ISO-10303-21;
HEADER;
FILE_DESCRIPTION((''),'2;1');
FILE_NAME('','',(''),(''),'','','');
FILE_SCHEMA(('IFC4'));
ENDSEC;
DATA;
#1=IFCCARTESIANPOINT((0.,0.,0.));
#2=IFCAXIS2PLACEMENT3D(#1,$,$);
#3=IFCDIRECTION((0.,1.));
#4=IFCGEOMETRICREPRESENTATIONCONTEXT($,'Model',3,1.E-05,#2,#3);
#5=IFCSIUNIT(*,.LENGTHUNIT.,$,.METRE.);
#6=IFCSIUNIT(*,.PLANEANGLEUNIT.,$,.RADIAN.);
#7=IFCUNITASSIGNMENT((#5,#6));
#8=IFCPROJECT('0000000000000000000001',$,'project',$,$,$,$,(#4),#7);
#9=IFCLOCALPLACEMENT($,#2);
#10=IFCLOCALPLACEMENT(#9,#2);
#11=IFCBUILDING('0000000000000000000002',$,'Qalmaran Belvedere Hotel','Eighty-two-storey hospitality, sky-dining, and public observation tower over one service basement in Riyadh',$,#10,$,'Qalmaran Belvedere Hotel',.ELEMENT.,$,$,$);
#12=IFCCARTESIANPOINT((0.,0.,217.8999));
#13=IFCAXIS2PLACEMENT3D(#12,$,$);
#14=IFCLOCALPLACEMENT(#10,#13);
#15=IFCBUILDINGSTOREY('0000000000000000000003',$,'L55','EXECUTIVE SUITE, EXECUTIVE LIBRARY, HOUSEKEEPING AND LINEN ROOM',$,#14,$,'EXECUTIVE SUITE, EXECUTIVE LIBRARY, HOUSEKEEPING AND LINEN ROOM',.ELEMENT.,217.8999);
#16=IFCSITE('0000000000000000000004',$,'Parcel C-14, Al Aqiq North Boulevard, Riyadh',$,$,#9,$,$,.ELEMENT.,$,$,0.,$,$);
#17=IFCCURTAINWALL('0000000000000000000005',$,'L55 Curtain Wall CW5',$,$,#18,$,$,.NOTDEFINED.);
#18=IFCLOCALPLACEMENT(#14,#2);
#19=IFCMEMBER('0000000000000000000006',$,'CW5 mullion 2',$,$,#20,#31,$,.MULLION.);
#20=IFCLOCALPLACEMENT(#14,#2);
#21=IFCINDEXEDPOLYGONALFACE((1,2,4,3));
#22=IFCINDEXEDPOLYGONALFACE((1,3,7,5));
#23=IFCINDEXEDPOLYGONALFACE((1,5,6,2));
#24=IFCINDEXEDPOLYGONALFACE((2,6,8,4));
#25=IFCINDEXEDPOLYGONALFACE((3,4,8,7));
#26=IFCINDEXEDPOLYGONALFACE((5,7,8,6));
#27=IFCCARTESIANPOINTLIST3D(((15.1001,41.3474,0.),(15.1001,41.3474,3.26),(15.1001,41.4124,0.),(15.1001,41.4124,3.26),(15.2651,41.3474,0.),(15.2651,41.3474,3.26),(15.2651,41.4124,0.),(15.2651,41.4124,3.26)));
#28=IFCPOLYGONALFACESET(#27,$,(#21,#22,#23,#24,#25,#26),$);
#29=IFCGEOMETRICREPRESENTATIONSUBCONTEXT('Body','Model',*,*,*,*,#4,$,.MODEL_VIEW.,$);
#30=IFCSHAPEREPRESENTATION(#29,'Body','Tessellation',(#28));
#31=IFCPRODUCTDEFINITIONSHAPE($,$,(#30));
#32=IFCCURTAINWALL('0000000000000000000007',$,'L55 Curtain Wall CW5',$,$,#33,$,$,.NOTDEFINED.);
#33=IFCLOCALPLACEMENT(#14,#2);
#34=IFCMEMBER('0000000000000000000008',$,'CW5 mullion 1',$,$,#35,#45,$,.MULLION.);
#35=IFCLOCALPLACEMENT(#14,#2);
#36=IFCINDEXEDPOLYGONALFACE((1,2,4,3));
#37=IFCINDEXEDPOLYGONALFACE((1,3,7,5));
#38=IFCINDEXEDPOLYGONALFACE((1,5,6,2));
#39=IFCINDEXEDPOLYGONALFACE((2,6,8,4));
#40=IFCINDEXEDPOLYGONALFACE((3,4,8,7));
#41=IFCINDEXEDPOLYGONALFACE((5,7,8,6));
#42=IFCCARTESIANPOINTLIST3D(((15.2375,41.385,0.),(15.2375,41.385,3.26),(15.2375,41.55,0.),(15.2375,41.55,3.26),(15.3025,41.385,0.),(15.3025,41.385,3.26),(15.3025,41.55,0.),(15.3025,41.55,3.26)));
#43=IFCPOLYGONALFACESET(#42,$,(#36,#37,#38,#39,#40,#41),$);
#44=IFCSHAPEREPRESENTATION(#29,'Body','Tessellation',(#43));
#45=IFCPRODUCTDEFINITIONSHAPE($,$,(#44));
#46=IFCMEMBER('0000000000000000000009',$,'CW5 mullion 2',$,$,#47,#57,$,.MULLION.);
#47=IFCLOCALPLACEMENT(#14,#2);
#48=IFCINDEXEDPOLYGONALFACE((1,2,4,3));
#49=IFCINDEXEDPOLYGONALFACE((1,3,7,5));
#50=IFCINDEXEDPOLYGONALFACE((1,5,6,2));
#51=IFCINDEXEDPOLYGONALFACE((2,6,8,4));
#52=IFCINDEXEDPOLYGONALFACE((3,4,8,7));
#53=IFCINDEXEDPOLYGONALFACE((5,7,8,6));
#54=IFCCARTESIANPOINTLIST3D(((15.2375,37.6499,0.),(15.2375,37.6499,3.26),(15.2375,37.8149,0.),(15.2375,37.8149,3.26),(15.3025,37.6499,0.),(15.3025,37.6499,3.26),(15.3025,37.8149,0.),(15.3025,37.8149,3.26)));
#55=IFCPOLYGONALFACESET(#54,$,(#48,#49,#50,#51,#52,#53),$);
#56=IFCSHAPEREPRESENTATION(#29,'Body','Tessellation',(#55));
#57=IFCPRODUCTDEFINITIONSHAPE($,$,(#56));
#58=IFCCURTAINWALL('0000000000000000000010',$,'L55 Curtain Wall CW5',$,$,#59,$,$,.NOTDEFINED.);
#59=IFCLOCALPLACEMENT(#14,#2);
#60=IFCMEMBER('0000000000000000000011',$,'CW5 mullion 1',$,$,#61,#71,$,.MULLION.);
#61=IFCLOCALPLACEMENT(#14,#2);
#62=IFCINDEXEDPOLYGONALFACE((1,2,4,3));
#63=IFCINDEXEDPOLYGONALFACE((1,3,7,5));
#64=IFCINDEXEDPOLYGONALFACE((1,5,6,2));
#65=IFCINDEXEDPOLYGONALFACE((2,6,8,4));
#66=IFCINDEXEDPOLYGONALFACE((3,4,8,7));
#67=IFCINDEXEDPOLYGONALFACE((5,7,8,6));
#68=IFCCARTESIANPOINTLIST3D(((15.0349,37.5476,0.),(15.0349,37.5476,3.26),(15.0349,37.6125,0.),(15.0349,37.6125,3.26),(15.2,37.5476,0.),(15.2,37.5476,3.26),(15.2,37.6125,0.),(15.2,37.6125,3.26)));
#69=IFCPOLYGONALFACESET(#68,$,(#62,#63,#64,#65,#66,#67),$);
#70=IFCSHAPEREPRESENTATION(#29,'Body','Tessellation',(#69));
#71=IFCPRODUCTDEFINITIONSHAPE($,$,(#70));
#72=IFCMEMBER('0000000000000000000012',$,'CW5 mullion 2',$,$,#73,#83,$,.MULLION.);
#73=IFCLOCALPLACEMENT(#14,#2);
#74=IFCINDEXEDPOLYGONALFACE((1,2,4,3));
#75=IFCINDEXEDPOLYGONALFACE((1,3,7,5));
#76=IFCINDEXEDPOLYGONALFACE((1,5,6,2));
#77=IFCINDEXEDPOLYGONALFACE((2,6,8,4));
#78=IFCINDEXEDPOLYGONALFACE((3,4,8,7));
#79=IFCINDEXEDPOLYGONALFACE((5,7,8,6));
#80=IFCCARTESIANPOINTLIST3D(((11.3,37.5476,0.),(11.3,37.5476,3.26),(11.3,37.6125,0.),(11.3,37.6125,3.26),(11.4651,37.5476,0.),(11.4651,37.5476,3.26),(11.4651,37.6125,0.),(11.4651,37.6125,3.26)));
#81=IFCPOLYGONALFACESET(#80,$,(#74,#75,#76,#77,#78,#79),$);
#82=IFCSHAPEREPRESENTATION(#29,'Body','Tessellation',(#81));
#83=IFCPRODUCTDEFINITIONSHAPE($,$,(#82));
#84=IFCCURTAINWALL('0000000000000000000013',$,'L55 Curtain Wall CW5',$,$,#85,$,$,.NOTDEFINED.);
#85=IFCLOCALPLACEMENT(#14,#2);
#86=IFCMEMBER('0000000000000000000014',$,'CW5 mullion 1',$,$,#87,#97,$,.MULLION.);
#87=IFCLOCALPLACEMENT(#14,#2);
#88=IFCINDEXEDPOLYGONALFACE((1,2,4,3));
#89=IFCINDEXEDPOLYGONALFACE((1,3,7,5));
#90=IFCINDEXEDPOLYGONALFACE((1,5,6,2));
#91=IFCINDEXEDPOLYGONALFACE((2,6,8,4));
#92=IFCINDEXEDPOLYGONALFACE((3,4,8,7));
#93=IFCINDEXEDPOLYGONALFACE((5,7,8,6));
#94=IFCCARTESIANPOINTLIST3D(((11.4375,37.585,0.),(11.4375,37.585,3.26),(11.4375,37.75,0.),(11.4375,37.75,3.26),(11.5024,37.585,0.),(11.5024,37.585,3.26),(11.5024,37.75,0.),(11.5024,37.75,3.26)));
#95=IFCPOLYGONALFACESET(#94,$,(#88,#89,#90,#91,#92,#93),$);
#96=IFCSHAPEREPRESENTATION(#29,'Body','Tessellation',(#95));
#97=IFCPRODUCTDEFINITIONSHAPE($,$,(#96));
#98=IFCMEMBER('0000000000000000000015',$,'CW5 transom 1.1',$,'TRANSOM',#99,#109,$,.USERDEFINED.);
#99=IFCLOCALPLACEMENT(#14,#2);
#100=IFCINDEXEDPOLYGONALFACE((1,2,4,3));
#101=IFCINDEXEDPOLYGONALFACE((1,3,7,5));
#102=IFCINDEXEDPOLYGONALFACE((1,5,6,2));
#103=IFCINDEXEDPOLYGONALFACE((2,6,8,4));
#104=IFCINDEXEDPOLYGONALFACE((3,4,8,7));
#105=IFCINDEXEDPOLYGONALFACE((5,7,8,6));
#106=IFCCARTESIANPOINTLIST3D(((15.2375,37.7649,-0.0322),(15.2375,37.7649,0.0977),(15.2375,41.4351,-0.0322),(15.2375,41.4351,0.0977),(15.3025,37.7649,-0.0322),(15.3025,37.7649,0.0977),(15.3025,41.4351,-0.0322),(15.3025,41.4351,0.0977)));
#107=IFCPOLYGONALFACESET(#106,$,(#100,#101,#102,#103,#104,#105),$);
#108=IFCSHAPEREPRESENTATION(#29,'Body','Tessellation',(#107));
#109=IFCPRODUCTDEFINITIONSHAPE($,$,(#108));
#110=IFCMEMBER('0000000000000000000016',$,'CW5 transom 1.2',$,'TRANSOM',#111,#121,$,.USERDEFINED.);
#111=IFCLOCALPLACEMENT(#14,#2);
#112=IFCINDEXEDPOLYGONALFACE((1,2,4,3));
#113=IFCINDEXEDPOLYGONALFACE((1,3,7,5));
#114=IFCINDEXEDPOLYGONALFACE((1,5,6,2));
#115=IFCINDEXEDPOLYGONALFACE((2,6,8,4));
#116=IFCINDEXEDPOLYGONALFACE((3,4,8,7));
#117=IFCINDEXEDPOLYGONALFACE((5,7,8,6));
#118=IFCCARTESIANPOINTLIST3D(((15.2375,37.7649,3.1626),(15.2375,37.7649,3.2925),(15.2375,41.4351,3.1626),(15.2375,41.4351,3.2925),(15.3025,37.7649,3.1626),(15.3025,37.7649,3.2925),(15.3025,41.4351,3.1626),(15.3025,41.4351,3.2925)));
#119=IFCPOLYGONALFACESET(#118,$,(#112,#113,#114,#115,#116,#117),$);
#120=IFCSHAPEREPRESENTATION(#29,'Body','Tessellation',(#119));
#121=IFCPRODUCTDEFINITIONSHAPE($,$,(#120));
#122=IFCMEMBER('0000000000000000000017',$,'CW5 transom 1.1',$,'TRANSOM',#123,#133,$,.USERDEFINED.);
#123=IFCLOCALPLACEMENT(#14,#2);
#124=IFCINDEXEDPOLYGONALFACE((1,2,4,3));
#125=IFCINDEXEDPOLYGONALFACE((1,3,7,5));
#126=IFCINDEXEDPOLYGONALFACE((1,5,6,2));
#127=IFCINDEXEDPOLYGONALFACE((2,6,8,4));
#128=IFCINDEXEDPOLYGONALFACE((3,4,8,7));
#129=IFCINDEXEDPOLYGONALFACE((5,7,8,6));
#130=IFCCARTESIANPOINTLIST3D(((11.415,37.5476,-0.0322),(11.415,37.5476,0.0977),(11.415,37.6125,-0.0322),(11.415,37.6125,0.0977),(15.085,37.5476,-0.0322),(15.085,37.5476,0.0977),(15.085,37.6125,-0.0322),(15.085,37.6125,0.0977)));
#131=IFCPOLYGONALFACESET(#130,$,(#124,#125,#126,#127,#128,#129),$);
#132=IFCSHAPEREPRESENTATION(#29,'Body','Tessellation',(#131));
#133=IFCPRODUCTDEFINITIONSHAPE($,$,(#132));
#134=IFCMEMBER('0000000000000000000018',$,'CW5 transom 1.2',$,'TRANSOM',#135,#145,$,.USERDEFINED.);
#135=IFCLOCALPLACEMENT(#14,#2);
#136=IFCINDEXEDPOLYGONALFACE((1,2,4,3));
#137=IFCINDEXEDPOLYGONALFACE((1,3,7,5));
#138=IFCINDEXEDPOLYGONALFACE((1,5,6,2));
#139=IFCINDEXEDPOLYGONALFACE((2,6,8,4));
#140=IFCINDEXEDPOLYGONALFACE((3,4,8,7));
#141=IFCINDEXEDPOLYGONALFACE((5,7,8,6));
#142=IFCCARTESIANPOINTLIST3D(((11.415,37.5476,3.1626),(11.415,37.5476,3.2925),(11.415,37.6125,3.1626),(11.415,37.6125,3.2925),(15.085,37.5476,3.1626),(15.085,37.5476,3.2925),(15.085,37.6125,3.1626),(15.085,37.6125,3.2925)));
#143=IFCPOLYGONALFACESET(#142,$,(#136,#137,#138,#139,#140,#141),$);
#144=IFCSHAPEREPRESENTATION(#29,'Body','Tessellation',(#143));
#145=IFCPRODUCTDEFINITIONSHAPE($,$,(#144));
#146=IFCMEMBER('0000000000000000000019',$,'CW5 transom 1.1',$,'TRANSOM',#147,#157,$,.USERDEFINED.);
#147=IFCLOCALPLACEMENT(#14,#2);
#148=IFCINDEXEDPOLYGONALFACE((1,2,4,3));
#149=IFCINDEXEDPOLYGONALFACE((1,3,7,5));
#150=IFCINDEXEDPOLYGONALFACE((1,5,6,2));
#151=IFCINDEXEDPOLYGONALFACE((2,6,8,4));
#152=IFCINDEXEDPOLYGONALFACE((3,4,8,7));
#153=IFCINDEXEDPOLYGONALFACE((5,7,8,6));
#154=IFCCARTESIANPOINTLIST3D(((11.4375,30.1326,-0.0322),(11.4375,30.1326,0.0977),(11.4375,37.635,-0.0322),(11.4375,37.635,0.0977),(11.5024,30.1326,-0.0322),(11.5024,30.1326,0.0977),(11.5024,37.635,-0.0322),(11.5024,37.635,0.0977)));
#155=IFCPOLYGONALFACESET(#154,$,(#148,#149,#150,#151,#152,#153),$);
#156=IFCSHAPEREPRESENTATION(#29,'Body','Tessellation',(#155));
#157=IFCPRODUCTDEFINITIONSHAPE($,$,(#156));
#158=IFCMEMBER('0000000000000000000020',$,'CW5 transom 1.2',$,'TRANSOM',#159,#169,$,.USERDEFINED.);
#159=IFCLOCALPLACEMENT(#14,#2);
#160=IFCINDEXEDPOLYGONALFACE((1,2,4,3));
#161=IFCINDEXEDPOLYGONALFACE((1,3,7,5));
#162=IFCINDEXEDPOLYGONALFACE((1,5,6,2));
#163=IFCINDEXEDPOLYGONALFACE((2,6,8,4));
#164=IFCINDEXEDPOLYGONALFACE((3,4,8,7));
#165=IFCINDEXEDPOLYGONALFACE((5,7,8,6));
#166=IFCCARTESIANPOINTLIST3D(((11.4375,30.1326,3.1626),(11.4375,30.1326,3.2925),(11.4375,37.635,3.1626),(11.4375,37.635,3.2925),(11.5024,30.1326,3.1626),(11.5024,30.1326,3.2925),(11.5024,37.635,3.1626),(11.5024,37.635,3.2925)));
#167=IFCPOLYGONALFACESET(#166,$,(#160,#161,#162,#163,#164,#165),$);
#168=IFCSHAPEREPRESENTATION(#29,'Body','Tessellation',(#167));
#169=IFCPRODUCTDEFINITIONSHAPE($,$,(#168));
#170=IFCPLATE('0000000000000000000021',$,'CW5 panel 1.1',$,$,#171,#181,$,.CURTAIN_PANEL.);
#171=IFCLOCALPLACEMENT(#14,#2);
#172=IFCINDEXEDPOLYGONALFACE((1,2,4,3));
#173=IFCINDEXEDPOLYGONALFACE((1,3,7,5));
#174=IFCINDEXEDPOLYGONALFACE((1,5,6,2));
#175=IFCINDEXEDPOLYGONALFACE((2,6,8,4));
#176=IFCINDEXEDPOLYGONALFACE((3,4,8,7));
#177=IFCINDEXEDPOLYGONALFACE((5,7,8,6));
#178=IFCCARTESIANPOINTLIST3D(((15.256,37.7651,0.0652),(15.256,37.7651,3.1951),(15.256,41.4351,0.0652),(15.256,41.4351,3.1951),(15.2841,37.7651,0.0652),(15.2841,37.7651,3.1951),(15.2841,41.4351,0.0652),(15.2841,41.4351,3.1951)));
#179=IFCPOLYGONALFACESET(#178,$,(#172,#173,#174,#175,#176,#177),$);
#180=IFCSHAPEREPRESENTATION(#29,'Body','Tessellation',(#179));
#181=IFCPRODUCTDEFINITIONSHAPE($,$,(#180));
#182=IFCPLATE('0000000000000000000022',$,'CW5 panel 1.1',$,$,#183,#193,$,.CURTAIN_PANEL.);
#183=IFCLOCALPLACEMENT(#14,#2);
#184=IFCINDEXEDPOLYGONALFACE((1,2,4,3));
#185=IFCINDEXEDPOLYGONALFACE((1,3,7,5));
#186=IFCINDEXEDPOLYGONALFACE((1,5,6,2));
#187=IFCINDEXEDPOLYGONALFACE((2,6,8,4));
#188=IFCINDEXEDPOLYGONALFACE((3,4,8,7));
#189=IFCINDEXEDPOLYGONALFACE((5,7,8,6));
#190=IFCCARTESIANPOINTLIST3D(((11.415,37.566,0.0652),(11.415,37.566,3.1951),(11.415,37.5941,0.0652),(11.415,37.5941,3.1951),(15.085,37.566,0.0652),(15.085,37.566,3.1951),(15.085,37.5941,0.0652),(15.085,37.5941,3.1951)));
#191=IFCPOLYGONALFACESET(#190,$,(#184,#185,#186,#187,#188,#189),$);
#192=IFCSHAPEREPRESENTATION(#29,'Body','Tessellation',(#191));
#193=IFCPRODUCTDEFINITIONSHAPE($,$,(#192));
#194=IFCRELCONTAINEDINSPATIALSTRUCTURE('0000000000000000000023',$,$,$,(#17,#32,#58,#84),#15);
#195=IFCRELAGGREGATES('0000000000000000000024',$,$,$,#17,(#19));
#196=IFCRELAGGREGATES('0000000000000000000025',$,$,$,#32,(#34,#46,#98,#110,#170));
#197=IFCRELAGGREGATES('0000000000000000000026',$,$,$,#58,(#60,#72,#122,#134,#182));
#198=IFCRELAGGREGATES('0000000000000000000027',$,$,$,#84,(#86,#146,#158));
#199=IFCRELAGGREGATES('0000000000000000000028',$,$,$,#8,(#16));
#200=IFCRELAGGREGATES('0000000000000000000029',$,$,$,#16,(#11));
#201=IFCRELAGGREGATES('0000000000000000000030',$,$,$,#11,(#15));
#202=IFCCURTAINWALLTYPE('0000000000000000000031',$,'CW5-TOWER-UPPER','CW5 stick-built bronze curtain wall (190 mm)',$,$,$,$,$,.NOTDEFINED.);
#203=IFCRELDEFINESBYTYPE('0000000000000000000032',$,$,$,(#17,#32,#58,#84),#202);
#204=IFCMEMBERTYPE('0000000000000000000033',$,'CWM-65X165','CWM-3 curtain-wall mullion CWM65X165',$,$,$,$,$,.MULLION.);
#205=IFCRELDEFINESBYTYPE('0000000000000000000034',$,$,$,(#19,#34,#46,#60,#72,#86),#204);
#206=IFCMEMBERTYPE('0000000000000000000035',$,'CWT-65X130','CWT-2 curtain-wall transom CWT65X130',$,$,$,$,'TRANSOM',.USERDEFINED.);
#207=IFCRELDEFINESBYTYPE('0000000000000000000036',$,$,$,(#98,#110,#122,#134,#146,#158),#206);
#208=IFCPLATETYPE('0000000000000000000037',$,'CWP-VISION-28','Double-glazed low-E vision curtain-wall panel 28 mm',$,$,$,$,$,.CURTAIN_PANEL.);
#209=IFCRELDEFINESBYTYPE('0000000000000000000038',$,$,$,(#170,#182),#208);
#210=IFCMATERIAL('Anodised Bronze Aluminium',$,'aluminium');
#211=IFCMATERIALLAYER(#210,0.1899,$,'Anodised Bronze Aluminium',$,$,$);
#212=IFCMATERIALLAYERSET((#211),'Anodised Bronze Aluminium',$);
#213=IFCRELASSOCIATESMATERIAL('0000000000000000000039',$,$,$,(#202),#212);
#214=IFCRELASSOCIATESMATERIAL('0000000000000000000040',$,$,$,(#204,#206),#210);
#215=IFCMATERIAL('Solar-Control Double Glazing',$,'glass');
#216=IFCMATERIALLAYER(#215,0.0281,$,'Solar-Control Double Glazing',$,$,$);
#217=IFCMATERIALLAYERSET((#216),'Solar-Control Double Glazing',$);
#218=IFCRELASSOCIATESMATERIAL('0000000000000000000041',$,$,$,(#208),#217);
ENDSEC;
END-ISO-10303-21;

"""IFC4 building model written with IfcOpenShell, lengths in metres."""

from ifc_helpers import new_model, si_unit, direction, frame, origin, origin_2d, place, context, subcontext, project, spatial, rectangle, extrude, material, layer, layer_set, material_profile, profile_set, type_object, element, aggregate, save


model = new_model("IFC4")

# Units and contexts
model_context = context("Model", 3, precision=1e-05, world=origin(), true_north=direction((0.0, 1.0)))
body_context = subcontext(model_context, "Body", "Model", "MODEL_VIEW")
ifc_project = project(units=[si_unit("LENGTHUNIT", "METRE"), si_unit("PLANEANGLEUNIT", "RADIAN")], contexts=[model_context])

# Site, building, storey
site_placement = place(None, origin())
site = spatial("IfcSite", under=ifc_project, at=site_placement, Name="Parcel C-14, Al Aqiq North Boulevard, Riyadh", CompositionType="ELEMENT", RefElevation=0.0)
building_placement = place(site_placement, origin())
building = spatial("IfcBuilding", under=site, at=building_placement, Name="Qalmaran Belvedere Hotel", Description="Eighty-two-storey hospitality, sky-dining, and public observation tower over one service basement in Riyadh", LongName="Qalmaran Belvedere Hotel", CompositionType="ELEMENT")
storey_placement = place(building_placement, frame((0.0, 0.0, 217.8999)))
storey = spatial("IfcBuildingStorey", under=building, at=storey_placement, Name="L55", Description="EXECUTIVE SUITE, EXECUTIVE LIBRARY, HOUSEKEEPING AND LINEN ROOM", LongName="EXECUTIVE SUITE, EXECUTIVE LIBRARY, HOUSEKEEPING AND LINEN ROOM", CompositionType="ELEMENT", Elevation=217.8999)

# Curtain wall, member
ifc_material_1 = material(Name="Anodised Bronze Aluminium", Category="aluminium")
ifc_layer_1 = layer(ifc_material_1, 0.1899, Name="Anodised Bronze Aluminium")
ifc_layer_set_1 = layer_set([ifc_layer_1], Name="Anodised Bronze Aluminium")
curtain_wall_type = type_object("IfcCurtainWallType", Name="CW5-TOWER-UPPER", Description="CW5 stick-built bronze curtain wall (190 mm)", PredefinedType="NOTDEFINED", material=ifc_layer_set_1)
curtain_wall_1_placement = place(storey_placement, origin())
curtain_wall_1 = element("IfcCurtainWall", 1, at=curtain_wall_1_placement, inside=storey, type_object=curtain_wall_type, Name="L55 Curtain Wall CW5", PredefinedType="NOTDEFINED")
ifc_material_profile_1 = material_profile(ifc_material_1, rectangle(XDim=0.0649, YDim=0.165, at=origin_2d()), Name="CWM65X165")
ifc_profile_set_1 = profile_set([ifc_material_profile_1], Name="Anodised Bronze Aluminium")
member_type_1 = type_object("IfcMemberType", Name="CWM-65X165", Description="CWM-3 curtain-wall mullion CWM65X165", PredefinedType="MULLION", material=ifc_profile_set_1)
member_1_placement = place(storey_placement, frame((15.1826, 41.3799, 0.0), z_axis=(0.0, 0.0, 1.0), x_axis=(0.0, -1.0, 0.0)))
member_1 = element("IfcMember", 2, at=member_1_placement, type_object=member_type_1, Name="CW5 mullion 2", PredefinedType="MULLION", context=body_context, shape_type="SweptSolid", body=[
    extrude(rectangle(XDim=0.0649, YDim=0.165, at=origin_2d()), origin(), (0.0, 0.0, 1.0), 3.26),
])
aggregate(curtain_wall_1, [member_1])

# Curtain walls, members
curtain_wall_2_placement = place(storey_placement, origin())
curtain_wall_2 = element("IfcCurtainWall", 3, at=curtain_wall_2_placement, inside=storey, type_object=curtain_wall_type, Name="L55 Curtain Wall CW5", PredefinedType="NOTDEFINED")
member_2_placement = place(storey_placement, frame((15.27, 41.4675, 0.0), z_axis=(0.0, 0.0, 1.0), x_axis=(1.0, 0.0, 0.0)))
member_2 = element("IfcMember", 4, at=member_2_placement, type_object=member_type_1, Name="CW5 mullion 1", PredefinedType="MULLION", context=body_context, shape_type="SweptSolid", body=[
    extrude(rectangle(XDim=0.0649, YDim=0.165, at=origin_2d()), origin(), (0.0, 0.0, 1.0), 3.26),
])
member_3_placement = place(storey_placement, frame((15.27, 37.7324, 0.0), z_axis=(0.0, 0.0, 1.0), x_axis=(1.0, 0.0, 0.0)))
member_3 = element("IfcMember", 5, at=member_3_placement, type_object=member_type_1, Name="CW5 mullion 2", PredefinedType="MULLION", context=body_context, shape_type="SweptSolid", body=[
    extrude(rectangle(XDim=0.0649, YDim=0.165, at=origin_2d()), origin(), (0.0, 0.0, 1.0), 3.26),
])
curtain_wall_3_placement = place(storey_placement, origin())
curtain_wall_3 = element("IfcCurtainWall", 6, at=curtain_wall_3_placement, inside=storey, type_object=curtain_wall_type, Name="L55 Curtain Wall CW5", PredefinedType="NOTDEFINED")
member_4_placement = place(storey_placement, frame((15.1174, 37.5801, 0.0), z_axis=(0.0, 0.0, 1.0), x_axis=(0.0, -1.0, 0.0)))
member_4 = element("IfcMember", 7, at=member_4_placement, type_object=member_type_1, Name="CW5 mullion 1", PredefinedType="MULLION", context=body_context, shape_type="SweptSolid", body=[
    extrude(rectangle(XDim=0.0649, YDim=0.165, at=origin_2d()), origin(), (0.0, 0.0, 1.0), 3.26),
])
member_5_placement = place(storey_placement, frame((11.3826, 37.5801, 0.0), z_axis=(0.0, 0.0, 1.0), x_axis=(0.0, -1.0, 0.0)))
member_5 = element("IfcMember", 8, at=member_5_placement, type_object=member_type_1, Name="CW5 mullion 2", PredefinedType="MULLION", context=body_context, shape_type="SweptSolid", body=[
    extrude(rectangle(XDim=0.0649, YDim=0.165, at=origin_2d()), origin(), (0.0, 0.0, 1.0), 3.26),
])

# Curtain wall, member
curtain_wall_4_placement = place(storey_placement, origin())
curtain_wall_4 = element("IfcCurtainWall", 9, at=curtain_wall_4_placement, inside=storey, type_object=curtain_wall_type, Name="L55 Curtain Wall CW5", PredefinedType="NOTDEFINED")
member_6_placement = place(storey_placement, frame((11.47, 37.6675, 0.0), z_axis=(0.0, 0.0, 1.0), x_axis=(1.0, 0.0, 0.0)))
member_6 = element("IfcMember", 10, at=member_6_placement, type_object=member_type_1, Name="CW5 mullion 1", PredefinedType="MULLION", context=body_context, shape_type="SweptSolid", body=[
    extrude(rectangle(XDim=0.0649, YDim=0.165, at=origin_2d()), origin(), (0.0, 0.0, 1.0), 3.26),
])

# Members
ifc_material_profile_2 = material_profile(ifc_material_1, rectangle(XDim=0.0649, YDim=0.1299, at=origin_2d()), Name="CWT65X130")
ifc_profile_set_2 = profile_set([ifc_material_profile_2], Name="Anodised Bronze Aluminium")
member_type_2 = type_object("IfcMemberType", Name="CWT-65X130", Description="CWT-2 curtain-wall transom CWT65X130", ElementType="TRANSOM", PredefinedType="USERDEFINED", material=ifc_profile_set_2)
member_7_placement = place(storey_placement, frame((15.27, 41.4351, 0.0327), z_axis=(0.0, -1.0, 0.0), x_axis=(1.0, 0.0, 0.0)))
member_7 = element("IfcMember", 11, at=member_7_placement, type_object=member_type_2, Name="CW5 transom 1.1", ObjectType="TRANSOM", PredefinedType="USERDEFINED", context=body_context, shape_type="SweptSolid", body=[
    extrude(rectangle(XDim=0.0649, YDim=0.1299, at=origin_2d()), origin(), (0.0, 0.0, 1.0), 3.6702),
])
member_8_placement = place(storey_placement, frame((15.27, 41.4351, 3.2275), z_axis=(0.0, -1.0, 0.0), x_axis=(1.0, 0.0, 0.0)))
member_8 = element("IfcMember", 12, at=member_8_placement, type_object=member_type_2, Name="CW5 transom 1.2", ObjectType="TRANSOM", PredefinedType="USERDEFINED", context=body_context, shape_type="SweptSolid", body=[
    extrude(rectangle(XDim=0.0649, YDim=0.1299, at=origin_2d()), origin(), (0.0, 0.0, 1.0), 3.6702),
])
member_9_placement = place(storey_placement, frame((15.085, 37.5801, 0.0327), z_axis=(-1.0, 0.0, 0.0), x_axis=(0.0, -1.0, 0.0)))
member_9 = element("IfcMember", 13, at=member_9_placement, type_object=member_type_2, Name="CW5 transom 1.1", ObjectType="TRANSOM", PredefinedType="USERDEFINED", context=body_context, shape_type="SweptSolid", body=[
    extrude(rectangle(XDim=0.0649, YDim=0.1299, at=origin_2d()), origin(), (0.0, 0.0, 1.0), 3.6699),
])
member_10_placement = place(storey_placement, frame((15.085, 37.5801, 3.2275), z_axis=(-1.0, 0.0, 0.0), x_axis=(0.0, -1.0, 0.0)))
member_10 = element("IfcMember", 14, at=member_10_placement, type_object=member_type_2, Name="CW5 transom 1.2", ObjectType="TRANSOM", PredefinedType="USERDEFINED", context=body_context, shape_type="SweptSolid", body=[
    extrude(rectangle(XDim=0.0649, YDim=0.1299, at=origin_2d()), origin(), (0.0, 0.0, 1.0), 3.6699),
])
member_11_placement = place(storey_placement, frame((11.47, 37.635, 0.0327), z_axis=(0.0, -1.0, 0.0), x_axis=(1.0, 0.0, 0.0)))
member_11 = element("IfcMember", 15, at=member_11_placement, type_object=member_type_2, Name="CW5 transom 1.1", ObjectType="TRANSOM", PredefinedType="USERDEFINED", context=body_context, shape_type="SweptSolid", body=[
    extrude(rectangle(XDim=0.0649, YDim=0.1299, at=origin_2d()), origin(), (0.0, 0.0, 1.0), 7.5024),
])
member_12_placement = place(storey_placement, frame((11.47, 37.635, 3.2275), z_axis=(0.0, -1.0, 0.0), x_axis=(1.0, 0.0, 0.0)))
member_12 = element("IfcMember", 16, at=member_12_placement, type_object=member_type_2, Name="CW5 transom 1.2", ObjectType="TRANSOM", PredefinedType="USERDEFINED", context=body_context, shape_type="SweptSolid", body=[
    extrude(rectangle(XDim=0.0649, YDim=0.1299, at=origin_2d()), origin(), (0.0, 0.0, 1.0), 7.5024),
])

# Plates
ifc_material_2 = material(Name="Solar-Control Double Glazing", Category="glass")
ifc_layer_2 = layer(ifc_material_2, 0.0281, Name="Solar-Control Double Glazing")
ifc_layer_set_2 = layer_set([ifc_layer_2], Name="Solar-Control Double Glazing")
plate_type = type_object("IfcPlateType", Name="CWP-VISION-28", Description="Double-glazed low-E vision curtain-wall panel 28 mm", PredefinedType="CURTAIN_PANEL", material=ifc_layer_set_2)
plate_1_placement = place(storey_placement, frame((15.27, 39.6001, 0.0652), z_axis=(0.0, 0.0, 1.0), x_axis=(0.0, -1.0, 0.0)))
plate_1 = element("IfcPlate", 17, at=plate_1_placement, type_object=plate_type, Name="CW5 panel 1.1", PredefinedType="CURTAIN_PANEL", context=body_context, shape_type="SweptSolid", body=[
    extrude(rectangle(XDim=3.6699, YDim=0.0281, at=origin_2d()), origin(), (0.0, 0.0, 1.0), 3.1299),
])
aggregate(curtain_wall_2, [member_2, member_3, member_7, member_8, plate_1])
plate_2_placement = place(storey_placement, frame((13.25, 37.5801, 0.0652), z_axis=(0.0, 0.0, 1.0), x_axis=(-1.0, 0.0, 0.0)))
plate_2 = element("IfcPlate", 18, at=plate_2_placement, type_object=plate_type, Name="CW5 panel 1.1", PredefinedType="CURTAIN_PANEL", context=body_context, shape_type="SweptSolid", body=[
    extrude(rectangle(XDim=3.6699, YDim=0.0281, at=origin_2d()), origin(), (0.0, 0.0, 1.0), 3.1299),
])
aggregate(curtain_wall_3, [member_4, member_5, member_9, member_10, plate_2])
aggregate(curtain_wall_4, [member_6, member_11, member_12])

save(model, "model.ifc")
